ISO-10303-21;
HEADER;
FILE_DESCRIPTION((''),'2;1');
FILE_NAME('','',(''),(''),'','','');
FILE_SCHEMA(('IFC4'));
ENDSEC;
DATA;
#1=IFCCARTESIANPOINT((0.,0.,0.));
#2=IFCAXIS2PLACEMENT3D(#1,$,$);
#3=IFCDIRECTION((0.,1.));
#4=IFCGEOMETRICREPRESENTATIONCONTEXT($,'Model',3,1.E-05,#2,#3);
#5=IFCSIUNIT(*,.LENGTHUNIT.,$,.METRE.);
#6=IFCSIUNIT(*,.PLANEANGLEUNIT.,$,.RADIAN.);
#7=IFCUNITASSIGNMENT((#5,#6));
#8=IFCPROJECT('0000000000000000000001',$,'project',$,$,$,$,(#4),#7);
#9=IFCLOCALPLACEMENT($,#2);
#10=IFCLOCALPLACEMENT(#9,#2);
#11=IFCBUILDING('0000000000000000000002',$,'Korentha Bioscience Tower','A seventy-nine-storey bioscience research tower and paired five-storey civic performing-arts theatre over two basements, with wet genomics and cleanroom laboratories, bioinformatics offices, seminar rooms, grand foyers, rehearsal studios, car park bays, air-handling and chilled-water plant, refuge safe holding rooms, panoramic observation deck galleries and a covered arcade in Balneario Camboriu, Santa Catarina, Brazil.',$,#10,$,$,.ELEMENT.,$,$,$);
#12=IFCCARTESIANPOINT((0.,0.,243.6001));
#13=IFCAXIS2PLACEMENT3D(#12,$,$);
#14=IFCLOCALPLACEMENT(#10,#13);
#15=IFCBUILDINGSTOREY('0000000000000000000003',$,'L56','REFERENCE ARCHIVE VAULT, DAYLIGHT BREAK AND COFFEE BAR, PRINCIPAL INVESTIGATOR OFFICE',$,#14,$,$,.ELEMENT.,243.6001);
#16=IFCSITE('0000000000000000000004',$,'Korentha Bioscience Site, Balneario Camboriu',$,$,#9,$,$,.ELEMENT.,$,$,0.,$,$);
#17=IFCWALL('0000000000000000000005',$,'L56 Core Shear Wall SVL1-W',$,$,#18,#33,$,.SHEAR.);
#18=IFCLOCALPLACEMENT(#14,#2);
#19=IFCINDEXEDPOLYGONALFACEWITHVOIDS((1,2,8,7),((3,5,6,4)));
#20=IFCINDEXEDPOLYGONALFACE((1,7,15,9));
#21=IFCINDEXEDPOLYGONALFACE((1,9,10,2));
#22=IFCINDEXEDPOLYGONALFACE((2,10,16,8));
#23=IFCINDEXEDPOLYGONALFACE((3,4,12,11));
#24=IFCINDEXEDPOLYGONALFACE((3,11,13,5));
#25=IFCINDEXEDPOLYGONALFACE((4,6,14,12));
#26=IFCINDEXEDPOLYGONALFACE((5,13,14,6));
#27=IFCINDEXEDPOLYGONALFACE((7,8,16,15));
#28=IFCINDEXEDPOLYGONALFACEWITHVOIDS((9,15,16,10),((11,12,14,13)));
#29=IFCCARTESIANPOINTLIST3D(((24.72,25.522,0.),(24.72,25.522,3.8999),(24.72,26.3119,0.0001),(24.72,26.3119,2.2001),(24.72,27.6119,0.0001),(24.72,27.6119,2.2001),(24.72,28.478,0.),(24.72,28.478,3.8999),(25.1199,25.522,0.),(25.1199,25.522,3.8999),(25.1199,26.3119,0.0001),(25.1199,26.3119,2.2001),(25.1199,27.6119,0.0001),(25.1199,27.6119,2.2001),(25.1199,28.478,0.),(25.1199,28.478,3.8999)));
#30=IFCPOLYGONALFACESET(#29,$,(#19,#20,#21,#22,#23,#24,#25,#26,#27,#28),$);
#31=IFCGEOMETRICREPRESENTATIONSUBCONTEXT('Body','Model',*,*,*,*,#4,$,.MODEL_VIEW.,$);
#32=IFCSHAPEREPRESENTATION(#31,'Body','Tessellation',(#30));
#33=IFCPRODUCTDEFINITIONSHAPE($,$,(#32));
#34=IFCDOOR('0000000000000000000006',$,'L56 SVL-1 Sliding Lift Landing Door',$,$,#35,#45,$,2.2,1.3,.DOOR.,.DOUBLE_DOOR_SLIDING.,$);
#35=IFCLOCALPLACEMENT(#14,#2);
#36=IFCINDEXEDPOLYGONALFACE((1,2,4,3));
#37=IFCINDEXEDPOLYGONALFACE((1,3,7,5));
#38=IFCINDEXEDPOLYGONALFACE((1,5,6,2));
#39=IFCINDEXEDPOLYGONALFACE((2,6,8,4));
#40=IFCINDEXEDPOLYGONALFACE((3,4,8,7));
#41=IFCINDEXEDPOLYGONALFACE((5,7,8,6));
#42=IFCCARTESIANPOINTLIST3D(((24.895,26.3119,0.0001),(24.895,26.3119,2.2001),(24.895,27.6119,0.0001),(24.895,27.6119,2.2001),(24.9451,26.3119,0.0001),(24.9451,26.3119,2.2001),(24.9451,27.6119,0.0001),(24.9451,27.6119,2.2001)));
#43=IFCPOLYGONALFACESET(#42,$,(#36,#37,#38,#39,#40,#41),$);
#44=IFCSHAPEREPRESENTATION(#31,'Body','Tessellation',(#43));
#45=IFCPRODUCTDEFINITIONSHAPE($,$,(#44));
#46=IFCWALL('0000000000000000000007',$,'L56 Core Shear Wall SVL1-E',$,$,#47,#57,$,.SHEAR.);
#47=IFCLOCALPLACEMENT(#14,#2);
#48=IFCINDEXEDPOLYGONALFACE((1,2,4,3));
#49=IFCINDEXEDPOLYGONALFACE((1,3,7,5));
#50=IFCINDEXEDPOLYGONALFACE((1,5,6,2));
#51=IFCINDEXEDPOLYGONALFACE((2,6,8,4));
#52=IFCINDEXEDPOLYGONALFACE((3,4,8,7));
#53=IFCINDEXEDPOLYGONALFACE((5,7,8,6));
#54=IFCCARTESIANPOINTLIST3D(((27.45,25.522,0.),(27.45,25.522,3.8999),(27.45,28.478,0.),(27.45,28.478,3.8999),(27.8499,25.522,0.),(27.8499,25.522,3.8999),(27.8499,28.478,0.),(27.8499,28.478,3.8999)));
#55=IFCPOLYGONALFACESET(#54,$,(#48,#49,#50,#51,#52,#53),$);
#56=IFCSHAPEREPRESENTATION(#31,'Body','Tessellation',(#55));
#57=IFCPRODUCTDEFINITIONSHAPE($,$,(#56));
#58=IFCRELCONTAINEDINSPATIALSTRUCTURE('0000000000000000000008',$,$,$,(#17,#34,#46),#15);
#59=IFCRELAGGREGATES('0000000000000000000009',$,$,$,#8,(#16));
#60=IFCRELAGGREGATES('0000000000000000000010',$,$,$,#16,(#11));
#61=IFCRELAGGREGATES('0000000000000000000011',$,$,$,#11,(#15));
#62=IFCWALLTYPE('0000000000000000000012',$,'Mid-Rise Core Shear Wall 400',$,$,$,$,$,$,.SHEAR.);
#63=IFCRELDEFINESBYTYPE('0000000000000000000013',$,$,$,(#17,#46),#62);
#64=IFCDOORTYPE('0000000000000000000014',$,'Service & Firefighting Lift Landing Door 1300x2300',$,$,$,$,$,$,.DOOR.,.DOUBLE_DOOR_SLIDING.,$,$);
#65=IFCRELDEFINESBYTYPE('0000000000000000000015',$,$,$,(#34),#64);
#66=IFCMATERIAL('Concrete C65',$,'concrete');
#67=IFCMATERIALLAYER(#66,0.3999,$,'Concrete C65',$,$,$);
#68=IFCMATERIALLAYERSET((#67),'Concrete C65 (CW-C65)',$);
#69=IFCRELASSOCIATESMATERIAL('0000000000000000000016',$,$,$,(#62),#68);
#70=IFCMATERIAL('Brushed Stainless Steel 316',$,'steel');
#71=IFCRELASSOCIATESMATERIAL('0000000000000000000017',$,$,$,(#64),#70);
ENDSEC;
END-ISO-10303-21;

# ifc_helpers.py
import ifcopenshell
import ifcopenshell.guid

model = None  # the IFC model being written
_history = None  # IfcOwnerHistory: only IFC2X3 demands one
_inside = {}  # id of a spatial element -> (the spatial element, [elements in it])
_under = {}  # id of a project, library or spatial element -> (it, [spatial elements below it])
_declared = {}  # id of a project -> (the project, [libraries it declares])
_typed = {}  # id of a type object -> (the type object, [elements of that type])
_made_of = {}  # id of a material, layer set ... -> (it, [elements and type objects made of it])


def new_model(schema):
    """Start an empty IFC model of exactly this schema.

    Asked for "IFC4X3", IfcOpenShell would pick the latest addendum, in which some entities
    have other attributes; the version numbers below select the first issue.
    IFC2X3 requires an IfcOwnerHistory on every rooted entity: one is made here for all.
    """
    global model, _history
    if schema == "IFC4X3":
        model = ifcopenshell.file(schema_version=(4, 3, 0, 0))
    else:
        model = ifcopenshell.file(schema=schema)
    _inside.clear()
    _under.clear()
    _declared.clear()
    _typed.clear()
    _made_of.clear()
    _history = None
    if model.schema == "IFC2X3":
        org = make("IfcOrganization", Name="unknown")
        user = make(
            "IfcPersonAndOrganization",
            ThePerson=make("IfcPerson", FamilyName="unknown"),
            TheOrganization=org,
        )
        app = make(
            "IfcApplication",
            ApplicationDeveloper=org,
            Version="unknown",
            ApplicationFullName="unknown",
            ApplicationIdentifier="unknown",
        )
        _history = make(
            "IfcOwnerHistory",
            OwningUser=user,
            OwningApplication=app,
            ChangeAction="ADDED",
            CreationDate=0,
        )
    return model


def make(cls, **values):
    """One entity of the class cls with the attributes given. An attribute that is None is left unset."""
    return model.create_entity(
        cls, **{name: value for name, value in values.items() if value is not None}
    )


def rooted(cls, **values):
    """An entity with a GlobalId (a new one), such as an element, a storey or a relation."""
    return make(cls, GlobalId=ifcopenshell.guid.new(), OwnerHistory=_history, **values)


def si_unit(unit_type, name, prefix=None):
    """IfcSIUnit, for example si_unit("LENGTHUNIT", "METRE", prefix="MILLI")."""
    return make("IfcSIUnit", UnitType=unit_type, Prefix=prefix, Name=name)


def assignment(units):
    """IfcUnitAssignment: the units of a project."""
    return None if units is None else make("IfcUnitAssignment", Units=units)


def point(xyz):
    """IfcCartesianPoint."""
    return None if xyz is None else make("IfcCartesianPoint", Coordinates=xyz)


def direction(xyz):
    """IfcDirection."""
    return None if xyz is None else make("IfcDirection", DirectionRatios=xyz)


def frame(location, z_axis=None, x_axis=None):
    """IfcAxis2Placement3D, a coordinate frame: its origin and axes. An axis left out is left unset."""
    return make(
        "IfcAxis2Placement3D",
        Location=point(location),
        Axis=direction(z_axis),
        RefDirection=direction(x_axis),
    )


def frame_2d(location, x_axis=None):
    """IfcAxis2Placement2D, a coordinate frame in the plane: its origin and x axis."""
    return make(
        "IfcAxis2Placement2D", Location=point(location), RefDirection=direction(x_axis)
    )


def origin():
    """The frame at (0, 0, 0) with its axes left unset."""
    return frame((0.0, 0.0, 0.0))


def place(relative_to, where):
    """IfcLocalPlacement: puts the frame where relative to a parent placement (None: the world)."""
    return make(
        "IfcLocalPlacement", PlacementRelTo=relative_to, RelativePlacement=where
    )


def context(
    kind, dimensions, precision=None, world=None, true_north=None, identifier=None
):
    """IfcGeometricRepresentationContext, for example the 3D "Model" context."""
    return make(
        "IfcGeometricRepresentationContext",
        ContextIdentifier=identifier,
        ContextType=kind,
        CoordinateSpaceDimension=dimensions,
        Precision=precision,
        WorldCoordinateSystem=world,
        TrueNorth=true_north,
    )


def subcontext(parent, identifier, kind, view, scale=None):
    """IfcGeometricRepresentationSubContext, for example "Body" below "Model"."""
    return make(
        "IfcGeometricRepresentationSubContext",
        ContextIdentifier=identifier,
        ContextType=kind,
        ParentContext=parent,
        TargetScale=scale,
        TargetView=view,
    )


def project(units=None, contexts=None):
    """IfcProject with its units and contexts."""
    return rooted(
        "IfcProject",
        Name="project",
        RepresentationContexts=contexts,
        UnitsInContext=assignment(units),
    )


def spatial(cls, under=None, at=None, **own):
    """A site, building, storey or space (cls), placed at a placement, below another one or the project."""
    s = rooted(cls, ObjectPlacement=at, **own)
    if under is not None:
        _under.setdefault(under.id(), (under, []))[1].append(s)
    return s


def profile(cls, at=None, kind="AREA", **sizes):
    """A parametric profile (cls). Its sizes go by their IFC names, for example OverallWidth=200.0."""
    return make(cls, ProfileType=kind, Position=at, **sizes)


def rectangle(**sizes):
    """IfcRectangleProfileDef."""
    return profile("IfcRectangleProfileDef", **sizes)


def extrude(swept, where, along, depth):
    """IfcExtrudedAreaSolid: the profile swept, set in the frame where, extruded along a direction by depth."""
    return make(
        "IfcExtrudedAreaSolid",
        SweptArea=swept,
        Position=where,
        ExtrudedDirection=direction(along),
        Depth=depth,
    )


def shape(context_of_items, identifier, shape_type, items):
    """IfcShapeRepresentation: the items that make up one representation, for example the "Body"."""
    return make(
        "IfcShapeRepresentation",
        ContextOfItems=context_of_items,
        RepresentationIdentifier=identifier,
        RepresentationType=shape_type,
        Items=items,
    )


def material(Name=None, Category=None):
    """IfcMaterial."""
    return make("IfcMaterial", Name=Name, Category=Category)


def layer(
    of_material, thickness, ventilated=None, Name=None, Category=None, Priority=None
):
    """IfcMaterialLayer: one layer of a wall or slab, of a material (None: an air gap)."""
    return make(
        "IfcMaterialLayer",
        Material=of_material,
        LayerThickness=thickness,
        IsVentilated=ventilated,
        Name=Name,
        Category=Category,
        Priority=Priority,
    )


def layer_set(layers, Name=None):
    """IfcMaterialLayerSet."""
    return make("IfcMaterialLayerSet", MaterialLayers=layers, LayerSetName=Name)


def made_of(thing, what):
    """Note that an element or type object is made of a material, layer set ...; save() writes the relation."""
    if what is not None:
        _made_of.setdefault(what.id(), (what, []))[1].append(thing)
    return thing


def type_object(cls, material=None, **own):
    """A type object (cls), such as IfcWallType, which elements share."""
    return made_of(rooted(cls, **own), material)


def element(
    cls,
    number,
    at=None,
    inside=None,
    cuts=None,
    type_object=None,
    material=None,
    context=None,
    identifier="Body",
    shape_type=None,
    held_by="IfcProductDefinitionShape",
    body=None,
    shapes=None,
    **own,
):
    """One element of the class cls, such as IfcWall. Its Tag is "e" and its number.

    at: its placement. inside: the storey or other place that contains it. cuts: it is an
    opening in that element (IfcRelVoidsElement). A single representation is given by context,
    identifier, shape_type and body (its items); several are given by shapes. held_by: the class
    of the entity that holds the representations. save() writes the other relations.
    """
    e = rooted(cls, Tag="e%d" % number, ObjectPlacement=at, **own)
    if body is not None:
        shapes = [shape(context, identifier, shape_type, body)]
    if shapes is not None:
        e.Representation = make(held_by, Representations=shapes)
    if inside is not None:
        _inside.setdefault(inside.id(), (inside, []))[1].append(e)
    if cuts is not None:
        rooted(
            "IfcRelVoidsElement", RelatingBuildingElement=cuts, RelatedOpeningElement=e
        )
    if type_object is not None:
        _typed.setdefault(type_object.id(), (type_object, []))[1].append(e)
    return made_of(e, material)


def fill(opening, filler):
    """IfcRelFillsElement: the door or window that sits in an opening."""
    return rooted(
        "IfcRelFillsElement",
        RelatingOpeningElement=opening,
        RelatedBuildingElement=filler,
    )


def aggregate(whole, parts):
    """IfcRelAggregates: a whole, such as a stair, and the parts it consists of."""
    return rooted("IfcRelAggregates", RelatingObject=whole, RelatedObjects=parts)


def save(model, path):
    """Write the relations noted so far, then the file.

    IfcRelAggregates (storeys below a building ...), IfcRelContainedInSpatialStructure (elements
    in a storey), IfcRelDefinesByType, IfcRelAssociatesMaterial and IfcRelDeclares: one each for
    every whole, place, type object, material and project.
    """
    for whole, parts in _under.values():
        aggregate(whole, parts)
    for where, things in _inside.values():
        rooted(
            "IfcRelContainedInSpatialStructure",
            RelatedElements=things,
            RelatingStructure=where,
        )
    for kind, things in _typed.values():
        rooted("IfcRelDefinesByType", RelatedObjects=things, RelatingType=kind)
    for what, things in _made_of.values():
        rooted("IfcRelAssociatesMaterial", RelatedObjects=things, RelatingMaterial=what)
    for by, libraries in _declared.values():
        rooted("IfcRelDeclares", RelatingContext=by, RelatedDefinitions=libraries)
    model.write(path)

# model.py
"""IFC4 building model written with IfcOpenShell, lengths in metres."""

from ifc_helpers import new_model, si_unit, direction, frame, frame_2d, origin, place, context, subcontext, project, spatial, rectangle, extrude, material, layer, layer_set, type_object, element, fill, save


model = new_model("IFC4")

# Units and contexts
model_context = context("Model", 3, precision=1e-05, world=origin(), true_north=direction((0.0, 1.0)))
body_context = subcontext(model_context, "Body", "Model", "MODEL_VIEW")
ifc_project = project(units=[si_unit("LENGTHUNIT", "METRE"), si_unit("PLANEANGLEUNIT", "RADIAN")], contexts=[model_context])

# Site, building, storey
site_placement = place(None, origin())
site = spatial("IfcSite", under=ifc_project, at=site_placement, Name="Korentha Bioscience Site, Balneario Camboriu", CompositionType="ELEMENT", RefElevation=0.0)
building_placement = place(site_placement, origin())
building = spatial("IfcBuilding", under=site, at=building_placement, Name="Korentha Bioscience Tower", Description="A seventy-nine-storey bioscience research tower and paired five-storey civic performing-arts theatre over two basements, with wet genomics and cleanroom laboratories, bioinformatics offices, seminar rooms, grand foyers, rehearsal studios, car park bays, air-handling and chilled-water plant, refuge safe holding rooms, panoramic observation deck galleries and a covered arcade in Balneario Camboriu, Santa Catarina, Brazil.", CompositionType="ELEMENT")
storey_placement = place(building_placement, frame((0.0, 0.0, 243.6001)))
storey = spatial("IfcBuildingStorey", under=building, at=storey_placement, Name="L56", Description="REFERENCE ARCHIVE VAULT, DAYLIGHT BREAK AND COFFEE BAR, PRINCIPAL INVESTIGATOR OFFICE", CompositionType="ELEMENT", Elevation=243.6001)

# Shared definitions
ifc_material_1 = material(Name="Concrete C65", Category="concrete")

# Shared definitions
ifc_layer_1 = layer(ifc_material_1, 0.3999, Name="Concrete C65")
ifc_layer_set_1 = layer_set([ifc_layer_1], Name="Concrete C65 (CW-C65)")
wall_type_1 = type_object("IfcWallType", Name="Mid-Rise Core Shear Wall 400", PredefinedType="SHEAR", material=ifc_layer_set_1)

# Shared definitions
ifc_material_2 = material(Name="Brushed Stainless Steel 316", Category="steel")
door_type_1 = type_object("IfcDoorType", Name="Service & Firefighting Lift Landing Door 1300x2300", OperationType="DOUBLE_DOOR_SLIDING", PredefinedType="DOOR", material=ifc_material_2)

# Wall, opening, door
wall_1_placement = place(storey_placement, frame((24.9199, 25.522, 0.0), z_axis=(0.0, 0.0, 1.0), x_axis=(0.0, 1.0, 0.0)))
wall_1 = element("IfcWall", 1, at=wall_1_placement, inside=storey, type_object=wall_type_1, Name="L56 Core Shear Wall SVL1-W", PredefinedType="SHEAR", context=body_context, shape_type="SweptSolid", body=[
    extrude(rectangle(XDim=2.9561, YDim=0.3999, at=frame_2d((1.478, 0.0))), origin(), (0.0, 0.0, 1.0), 3.8999),
])
opening_1_placement = place(wall_1_placement, frame((0.79, 0.0, 0.0)))
opening_1 = element("IfcOpeningElement", 2, at=opening_1_placement, cuts=wall_1, PredefinedType="OPENING", context=body_context, shape_type="SweptSolid", body=[
    extrude(rectangle(XDim=1.3, YDim=2.2, at=frame_2d((0.6499, 1.1001))), frame((0.0, 0.2148, 0.0), z_axis=(0.0, -1.0, 0.0), x_axis=(1.0, 0.0, 0.0)), (0.0, 0.0, 1.0), 0.4297),
])
door_1_placement = place(opening_1_placement, origin())
door_1 = element("IfcDoor", 3, at=door_1_placement, inside=storey, type_object=door_type_1, Name="L56 SVL-1 Sliding Lift Landing Door", OperationType="DOUBLE_DOOR_SLIDING", OverallHeight=2.2, OverallWidth=1.3, PredefinedType="DOOR", context=body_context, shape_type="SweptSolid", body=[
    extrude(rectangle(XDim=1.3, YDim=2.2, at=frame_2d((0.6499, 1.1001))), frame((0.0, 0.0249, 0.0), z_axis=(0.0, -1.0, 0.0), x_axis=(1.0, 0.0, 0.0)), (0.0, 0.0, 1.0), 0.05),
])
fill(opening_1, door_1)

# Wall
wall_2_placement = place(storey_placement, frame((27.6499, 25.522, 0.0), z_axis=(0.0, 0.0, 1.0), x_axis=(0.0, 1.0, 0.0)))
element("IfcWall", 4, at=wall_2_placement, inside=storey, type_object=wall_type_1, Name="L56 Core Shear Wall SVL1-E", PredefinedType="SHEAR", context=body_context, shape_type="SweptSolid", body=[
    extrude(rectangle(XDim=2.9561, YDim=0.3999, at=frame_2d((1.478, 0.0))), origin(), (0.0, 0.0, 1.0), 3.8999),
])

save(model, "model.ifc")
